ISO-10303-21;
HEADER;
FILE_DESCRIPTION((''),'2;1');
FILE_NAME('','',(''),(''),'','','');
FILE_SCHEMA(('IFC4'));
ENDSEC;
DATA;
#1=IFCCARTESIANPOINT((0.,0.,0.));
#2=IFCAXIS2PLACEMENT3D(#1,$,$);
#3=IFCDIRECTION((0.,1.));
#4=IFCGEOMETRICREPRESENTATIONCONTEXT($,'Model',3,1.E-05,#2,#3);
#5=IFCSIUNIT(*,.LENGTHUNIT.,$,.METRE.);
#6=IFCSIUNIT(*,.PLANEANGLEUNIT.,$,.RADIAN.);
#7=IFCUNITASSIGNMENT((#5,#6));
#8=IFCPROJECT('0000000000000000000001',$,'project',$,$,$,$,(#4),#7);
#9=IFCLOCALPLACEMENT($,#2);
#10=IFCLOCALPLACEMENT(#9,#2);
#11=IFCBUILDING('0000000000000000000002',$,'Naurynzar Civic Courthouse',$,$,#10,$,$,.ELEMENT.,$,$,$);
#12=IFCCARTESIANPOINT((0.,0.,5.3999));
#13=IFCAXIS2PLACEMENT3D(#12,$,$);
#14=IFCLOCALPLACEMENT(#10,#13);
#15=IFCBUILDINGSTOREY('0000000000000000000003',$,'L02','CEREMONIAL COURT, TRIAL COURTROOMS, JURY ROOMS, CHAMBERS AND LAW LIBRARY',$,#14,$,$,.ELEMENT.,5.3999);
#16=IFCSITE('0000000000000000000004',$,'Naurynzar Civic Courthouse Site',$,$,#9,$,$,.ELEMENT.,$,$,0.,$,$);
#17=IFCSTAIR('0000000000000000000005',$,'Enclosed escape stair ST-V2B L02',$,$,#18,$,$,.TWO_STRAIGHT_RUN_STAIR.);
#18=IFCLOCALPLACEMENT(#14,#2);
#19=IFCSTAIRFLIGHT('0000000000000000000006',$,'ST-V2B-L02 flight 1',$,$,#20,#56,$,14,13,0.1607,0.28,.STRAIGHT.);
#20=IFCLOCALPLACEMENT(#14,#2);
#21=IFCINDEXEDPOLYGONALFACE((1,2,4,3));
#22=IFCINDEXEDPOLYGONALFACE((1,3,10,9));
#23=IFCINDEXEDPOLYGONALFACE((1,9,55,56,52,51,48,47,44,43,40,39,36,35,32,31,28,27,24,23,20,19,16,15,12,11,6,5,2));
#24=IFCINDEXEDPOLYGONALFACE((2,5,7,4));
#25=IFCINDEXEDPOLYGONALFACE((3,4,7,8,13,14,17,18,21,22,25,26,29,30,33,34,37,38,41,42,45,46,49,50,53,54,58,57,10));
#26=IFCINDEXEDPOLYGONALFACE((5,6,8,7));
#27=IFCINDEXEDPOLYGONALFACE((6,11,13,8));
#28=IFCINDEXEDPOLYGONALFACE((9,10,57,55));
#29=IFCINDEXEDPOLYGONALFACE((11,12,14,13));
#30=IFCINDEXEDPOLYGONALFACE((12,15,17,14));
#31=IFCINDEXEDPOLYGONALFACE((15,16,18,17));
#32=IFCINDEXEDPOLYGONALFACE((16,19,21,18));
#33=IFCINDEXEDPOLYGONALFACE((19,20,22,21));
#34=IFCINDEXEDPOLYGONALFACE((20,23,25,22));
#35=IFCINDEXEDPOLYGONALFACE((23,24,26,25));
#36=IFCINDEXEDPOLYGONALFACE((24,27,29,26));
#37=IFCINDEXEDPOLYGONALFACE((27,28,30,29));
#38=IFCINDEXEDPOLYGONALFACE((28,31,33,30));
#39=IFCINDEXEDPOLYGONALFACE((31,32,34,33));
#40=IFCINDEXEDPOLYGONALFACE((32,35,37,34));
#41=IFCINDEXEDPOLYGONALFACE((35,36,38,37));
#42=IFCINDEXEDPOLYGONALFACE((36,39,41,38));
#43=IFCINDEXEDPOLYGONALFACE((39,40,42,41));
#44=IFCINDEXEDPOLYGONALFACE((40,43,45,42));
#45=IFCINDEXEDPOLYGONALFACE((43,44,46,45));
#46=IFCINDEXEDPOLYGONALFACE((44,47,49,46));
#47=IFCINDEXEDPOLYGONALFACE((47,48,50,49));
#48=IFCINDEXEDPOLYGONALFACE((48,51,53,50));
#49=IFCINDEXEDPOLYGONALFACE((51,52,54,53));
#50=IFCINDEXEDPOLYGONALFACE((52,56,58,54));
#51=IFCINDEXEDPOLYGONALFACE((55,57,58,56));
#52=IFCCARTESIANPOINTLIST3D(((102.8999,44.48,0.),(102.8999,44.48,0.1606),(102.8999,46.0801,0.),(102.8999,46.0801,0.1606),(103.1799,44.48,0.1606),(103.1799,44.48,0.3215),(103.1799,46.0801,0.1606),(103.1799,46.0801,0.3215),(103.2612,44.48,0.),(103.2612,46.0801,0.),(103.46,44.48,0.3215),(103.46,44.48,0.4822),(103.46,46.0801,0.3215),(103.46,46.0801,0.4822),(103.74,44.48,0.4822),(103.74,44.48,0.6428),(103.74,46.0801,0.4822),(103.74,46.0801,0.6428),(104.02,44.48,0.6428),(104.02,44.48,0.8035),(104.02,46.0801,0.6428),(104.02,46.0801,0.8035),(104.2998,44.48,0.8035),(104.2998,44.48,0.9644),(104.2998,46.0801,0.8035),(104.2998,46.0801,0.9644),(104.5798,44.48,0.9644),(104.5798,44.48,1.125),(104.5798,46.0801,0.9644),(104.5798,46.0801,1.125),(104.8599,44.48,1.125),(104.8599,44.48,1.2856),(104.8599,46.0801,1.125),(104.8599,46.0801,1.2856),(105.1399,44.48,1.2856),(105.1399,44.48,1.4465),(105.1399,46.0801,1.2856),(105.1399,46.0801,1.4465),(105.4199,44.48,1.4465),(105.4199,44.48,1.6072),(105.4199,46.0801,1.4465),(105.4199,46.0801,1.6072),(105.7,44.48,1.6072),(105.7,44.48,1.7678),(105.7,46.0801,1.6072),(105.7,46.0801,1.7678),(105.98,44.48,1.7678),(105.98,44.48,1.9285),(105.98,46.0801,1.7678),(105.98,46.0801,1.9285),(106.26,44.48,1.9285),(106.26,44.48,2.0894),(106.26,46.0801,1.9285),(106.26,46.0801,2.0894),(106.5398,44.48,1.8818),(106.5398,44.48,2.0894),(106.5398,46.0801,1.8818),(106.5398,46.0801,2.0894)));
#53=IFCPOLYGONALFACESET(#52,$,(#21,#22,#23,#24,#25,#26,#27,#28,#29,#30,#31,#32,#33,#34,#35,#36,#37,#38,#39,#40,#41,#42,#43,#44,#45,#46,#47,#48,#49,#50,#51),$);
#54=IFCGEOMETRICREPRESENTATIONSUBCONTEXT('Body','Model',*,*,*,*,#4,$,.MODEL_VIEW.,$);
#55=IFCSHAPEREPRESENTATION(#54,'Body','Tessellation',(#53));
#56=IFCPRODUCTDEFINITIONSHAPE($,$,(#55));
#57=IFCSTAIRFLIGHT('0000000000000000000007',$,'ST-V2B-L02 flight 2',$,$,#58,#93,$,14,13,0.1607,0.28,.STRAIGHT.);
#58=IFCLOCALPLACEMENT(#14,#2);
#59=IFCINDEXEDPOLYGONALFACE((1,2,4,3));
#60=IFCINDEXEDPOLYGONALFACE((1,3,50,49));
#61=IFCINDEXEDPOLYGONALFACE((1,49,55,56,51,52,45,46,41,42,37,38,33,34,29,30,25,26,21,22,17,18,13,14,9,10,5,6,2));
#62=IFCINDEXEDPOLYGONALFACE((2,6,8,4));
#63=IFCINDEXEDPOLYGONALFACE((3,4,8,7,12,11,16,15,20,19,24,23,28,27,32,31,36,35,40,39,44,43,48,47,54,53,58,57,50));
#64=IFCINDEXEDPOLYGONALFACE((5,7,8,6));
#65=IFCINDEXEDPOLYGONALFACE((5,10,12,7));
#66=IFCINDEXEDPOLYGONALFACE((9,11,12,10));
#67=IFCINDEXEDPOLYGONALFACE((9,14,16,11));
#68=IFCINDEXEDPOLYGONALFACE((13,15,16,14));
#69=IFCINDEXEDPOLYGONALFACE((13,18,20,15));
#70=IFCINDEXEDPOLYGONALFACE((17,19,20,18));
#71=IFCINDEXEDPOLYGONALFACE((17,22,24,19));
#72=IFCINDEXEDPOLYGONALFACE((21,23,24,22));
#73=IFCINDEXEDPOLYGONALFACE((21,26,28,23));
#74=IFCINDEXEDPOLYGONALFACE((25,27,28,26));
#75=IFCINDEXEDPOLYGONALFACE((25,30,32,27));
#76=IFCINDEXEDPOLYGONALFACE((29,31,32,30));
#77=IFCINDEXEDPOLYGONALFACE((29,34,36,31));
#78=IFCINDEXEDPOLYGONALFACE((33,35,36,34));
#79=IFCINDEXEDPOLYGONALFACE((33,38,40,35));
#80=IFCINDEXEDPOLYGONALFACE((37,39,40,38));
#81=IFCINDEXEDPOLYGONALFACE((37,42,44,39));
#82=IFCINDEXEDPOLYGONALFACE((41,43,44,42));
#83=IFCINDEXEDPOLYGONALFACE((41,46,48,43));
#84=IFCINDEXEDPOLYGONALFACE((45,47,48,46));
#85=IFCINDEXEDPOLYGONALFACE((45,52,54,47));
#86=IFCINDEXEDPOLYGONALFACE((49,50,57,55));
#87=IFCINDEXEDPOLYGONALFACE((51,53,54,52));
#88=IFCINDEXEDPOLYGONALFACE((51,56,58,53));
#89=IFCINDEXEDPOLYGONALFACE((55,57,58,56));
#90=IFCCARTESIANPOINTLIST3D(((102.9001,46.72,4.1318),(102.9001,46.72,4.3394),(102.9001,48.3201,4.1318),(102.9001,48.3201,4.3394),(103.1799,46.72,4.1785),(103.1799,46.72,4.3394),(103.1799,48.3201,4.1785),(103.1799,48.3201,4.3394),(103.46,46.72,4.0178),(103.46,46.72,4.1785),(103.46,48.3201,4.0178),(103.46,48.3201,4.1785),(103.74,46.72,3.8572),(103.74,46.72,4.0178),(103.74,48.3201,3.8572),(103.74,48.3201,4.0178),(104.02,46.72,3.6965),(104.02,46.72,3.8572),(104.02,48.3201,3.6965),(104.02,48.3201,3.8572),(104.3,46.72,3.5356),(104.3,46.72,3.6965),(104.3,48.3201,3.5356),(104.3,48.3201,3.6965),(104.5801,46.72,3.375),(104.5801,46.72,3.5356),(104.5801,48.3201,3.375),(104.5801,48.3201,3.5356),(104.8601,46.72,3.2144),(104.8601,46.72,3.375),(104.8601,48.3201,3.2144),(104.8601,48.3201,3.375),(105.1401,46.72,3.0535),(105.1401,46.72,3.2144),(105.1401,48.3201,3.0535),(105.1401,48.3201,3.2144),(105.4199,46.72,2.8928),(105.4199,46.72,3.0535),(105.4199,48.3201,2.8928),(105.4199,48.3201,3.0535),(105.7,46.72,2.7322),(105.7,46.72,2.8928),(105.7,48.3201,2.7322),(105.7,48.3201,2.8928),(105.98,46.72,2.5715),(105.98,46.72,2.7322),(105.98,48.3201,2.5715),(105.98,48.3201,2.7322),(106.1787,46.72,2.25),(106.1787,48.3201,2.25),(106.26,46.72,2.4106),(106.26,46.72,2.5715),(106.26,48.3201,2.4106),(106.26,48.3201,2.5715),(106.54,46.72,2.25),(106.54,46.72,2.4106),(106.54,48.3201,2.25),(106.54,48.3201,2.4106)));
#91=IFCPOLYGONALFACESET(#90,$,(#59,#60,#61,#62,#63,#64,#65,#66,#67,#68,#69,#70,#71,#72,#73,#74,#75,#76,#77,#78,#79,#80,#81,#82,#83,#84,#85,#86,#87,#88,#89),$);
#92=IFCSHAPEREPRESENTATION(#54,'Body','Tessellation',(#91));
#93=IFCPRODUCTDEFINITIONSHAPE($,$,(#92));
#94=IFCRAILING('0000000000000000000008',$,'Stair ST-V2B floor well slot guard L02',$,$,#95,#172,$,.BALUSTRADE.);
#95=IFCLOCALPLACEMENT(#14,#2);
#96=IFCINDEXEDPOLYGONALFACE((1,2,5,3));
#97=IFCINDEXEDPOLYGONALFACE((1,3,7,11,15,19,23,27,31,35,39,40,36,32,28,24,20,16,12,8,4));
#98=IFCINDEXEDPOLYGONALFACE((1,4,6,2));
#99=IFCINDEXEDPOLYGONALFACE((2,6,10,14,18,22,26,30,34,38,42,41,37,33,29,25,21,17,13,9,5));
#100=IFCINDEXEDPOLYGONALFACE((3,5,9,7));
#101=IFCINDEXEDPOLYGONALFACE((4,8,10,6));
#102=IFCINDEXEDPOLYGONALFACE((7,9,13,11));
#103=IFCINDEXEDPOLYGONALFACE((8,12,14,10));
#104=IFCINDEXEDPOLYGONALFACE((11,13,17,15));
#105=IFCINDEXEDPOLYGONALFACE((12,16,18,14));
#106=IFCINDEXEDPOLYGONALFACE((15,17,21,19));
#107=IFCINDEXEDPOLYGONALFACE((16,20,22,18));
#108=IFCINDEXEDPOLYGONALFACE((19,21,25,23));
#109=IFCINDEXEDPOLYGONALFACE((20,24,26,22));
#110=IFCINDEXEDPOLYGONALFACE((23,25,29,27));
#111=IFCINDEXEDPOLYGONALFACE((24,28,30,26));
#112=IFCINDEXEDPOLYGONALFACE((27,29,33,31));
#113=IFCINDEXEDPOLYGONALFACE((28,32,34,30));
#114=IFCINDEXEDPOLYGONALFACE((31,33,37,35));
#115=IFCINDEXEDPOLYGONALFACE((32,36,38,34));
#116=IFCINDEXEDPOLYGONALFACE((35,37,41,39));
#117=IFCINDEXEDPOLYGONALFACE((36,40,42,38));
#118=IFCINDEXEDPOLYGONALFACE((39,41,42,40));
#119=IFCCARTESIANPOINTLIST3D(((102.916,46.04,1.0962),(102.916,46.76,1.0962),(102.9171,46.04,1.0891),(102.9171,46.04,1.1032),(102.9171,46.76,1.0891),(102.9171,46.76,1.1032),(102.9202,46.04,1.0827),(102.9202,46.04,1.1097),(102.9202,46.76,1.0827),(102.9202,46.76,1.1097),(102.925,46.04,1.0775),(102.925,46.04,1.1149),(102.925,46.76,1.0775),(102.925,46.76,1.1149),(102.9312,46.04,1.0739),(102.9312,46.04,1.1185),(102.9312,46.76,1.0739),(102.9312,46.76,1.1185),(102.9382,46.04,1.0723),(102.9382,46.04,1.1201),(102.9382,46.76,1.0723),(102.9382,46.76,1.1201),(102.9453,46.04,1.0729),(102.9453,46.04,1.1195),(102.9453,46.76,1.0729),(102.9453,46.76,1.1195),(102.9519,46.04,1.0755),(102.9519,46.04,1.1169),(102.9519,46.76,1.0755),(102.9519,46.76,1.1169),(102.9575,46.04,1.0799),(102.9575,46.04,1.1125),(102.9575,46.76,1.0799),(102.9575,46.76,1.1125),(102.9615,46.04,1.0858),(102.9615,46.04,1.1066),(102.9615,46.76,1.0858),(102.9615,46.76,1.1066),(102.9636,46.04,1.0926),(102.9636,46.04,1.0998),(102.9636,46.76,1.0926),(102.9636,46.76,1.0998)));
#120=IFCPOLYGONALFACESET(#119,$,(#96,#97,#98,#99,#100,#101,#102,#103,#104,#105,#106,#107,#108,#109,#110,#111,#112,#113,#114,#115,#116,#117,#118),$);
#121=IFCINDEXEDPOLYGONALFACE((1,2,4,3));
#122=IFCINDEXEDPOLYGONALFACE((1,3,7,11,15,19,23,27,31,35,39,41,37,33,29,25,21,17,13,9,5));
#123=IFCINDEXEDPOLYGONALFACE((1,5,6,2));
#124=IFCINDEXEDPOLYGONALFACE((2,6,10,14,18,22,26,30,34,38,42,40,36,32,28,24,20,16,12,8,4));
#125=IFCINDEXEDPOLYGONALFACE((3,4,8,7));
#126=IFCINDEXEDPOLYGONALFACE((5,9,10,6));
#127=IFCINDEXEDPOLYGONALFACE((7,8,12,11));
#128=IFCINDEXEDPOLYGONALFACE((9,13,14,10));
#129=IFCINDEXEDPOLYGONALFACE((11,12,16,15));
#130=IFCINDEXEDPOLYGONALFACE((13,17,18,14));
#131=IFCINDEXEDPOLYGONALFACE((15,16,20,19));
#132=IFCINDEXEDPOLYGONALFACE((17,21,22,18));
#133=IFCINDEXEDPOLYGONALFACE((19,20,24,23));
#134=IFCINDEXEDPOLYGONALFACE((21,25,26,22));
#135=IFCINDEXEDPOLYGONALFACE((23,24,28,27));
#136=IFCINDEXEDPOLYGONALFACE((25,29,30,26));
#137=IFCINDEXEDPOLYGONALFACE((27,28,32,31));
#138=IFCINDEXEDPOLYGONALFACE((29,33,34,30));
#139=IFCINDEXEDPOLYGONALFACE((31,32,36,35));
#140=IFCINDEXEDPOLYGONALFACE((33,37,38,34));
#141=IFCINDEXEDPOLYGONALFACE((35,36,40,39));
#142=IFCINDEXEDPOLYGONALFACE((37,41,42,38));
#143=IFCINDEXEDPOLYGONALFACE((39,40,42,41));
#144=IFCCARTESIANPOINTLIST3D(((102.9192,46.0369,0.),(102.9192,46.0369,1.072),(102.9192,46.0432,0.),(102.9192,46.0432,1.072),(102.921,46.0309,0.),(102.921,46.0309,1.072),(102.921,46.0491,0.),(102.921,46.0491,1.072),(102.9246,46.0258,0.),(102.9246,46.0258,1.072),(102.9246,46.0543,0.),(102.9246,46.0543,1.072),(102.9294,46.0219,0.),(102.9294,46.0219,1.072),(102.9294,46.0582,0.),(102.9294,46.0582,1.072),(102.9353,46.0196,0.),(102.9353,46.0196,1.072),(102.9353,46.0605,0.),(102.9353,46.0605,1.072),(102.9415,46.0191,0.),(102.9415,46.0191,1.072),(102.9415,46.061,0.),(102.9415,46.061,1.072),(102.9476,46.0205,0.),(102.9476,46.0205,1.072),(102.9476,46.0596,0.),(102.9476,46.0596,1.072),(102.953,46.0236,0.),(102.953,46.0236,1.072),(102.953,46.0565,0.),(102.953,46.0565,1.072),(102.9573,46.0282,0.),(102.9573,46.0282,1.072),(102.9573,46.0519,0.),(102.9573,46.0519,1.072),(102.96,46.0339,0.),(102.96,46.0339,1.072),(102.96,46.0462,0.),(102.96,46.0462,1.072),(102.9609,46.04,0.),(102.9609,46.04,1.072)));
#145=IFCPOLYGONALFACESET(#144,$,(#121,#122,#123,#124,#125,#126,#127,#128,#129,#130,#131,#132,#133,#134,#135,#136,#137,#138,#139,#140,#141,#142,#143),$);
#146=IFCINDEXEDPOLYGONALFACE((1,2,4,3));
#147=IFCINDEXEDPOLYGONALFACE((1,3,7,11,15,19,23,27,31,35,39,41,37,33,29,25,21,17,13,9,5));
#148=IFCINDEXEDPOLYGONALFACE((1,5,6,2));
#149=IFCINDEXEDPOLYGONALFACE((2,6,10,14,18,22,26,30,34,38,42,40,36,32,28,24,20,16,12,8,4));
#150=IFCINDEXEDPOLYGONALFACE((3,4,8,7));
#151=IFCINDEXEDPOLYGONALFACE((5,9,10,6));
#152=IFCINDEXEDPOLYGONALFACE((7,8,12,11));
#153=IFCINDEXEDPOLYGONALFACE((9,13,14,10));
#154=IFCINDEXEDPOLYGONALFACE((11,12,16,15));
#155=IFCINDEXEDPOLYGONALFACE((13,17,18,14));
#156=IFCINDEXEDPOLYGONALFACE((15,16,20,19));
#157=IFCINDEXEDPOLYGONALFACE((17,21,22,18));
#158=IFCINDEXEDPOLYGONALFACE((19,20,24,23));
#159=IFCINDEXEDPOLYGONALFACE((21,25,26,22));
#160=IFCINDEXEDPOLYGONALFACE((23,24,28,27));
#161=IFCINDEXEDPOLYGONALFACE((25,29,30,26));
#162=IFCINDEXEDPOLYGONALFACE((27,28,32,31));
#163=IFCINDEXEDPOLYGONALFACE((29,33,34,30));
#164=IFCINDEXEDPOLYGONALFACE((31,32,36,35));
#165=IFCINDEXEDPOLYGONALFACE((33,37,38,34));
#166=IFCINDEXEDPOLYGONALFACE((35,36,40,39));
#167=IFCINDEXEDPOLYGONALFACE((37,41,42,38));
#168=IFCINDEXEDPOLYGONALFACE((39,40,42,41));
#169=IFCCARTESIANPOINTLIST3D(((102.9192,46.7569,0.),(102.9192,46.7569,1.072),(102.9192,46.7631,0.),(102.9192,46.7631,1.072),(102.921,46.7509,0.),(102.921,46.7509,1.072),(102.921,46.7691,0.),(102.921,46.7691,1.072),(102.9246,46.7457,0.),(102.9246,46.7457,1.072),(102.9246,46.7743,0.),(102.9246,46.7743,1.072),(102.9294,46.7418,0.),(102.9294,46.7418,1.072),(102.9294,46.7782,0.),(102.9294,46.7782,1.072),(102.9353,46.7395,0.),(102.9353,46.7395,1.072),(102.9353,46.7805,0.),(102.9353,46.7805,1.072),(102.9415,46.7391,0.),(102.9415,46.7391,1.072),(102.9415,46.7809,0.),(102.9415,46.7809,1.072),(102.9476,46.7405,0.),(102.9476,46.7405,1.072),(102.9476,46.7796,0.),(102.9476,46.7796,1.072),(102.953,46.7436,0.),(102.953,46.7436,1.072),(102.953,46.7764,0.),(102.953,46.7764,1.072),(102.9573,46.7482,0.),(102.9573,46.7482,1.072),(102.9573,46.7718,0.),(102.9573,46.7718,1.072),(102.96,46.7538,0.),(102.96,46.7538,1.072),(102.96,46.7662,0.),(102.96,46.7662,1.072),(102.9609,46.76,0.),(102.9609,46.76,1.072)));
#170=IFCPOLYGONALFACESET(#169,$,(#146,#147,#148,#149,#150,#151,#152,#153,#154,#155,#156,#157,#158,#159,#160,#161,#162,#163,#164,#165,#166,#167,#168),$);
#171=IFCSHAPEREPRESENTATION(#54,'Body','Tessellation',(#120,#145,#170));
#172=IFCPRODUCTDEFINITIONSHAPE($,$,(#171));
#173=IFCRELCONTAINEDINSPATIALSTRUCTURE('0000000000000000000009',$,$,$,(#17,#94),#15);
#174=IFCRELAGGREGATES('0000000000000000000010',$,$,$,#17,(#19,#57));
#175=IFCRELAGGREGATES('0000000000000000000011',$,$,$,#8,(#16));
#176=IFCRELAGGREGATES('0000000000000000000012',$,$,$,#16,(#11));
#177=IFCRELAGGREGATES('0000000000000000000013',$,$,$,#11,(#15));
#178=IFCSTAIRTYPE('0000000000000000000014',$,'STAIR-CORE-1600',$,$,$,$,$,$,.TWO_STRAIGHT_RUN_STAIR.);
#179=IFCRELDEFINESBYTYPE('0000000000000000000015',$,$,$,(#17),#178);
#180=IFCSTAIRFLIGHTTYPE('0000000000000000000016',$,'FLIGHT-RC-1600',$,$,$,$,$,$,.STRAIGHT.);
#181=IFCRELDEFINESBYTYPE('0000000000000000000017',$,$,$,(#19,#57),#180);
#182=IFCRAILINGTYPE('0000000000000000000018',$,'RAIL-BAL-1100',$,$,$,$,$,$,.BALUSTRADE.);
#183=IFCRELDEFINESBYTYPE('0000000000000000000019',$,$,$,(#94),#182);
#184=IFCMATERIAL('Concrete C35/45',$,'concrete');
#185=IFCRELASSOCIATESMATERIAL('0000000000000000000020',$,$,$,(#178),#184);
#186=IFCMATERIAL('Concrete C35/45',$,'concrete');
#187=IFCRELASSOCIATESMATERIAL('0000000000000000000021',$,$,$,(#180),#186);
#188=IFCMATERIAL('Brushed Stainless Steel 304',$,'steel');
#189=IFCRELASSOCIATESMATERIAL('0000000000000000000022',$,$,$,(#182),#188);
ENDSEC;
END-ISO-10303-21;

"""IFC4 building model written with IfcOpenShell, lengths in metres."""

from ifc_helpers import new_model, si_unit, direction, frame, origin, origin_2d, place, context, subcontext, project, spatial, polyline, circle, outline, extrude, material, type_object, element, aggregate, save


model = new_model("IFC4")

# Units and contexts
model_context = context("Model", 3, precision=1e-05, world=origin(), true_north=direction((0.0, 1.0)))
body_context = subcontext(model_context, "Body", "Model", "MODEL_VIEW")
ifc_project = project(units=[si_unit("LENGTHUNIT", "METRE"), si_unit("PLANEANGLEUNIT", "RADIAN")], contexts=[model_context])

# Site, building, storey
site_placement = place(None, origin())
site = spatial("IfcSite", under=ifc_project, at=site_placement, Name="Naurynzar Civic Courthouse Site", CompositionType="ELEMENT", RefElevation=0.0)
building_placement = place(site_placement, origin())
building = spatial("IfcBuilding", under=site, at=building_placement, Name="Naurynzar Civic Courthouse", CompositionType="ELEMENT")
storey_placement = place(building_placement, frame((0.0, 0.0, 5.3999)))
storey = spatial("IfcBuildingStorey", under=building, at=storey_placement, Name="L02", Description="CEREMONIAL COURT, TRIAL COURTROOMS, JURY ROOMS, CHAMBERS AND LAW LIBRARY", CompositionType="ELEMENT", Elevation=5.3999)

# Stair, stair flights
ifc_material_1 = material(Name="Concrete C35/45", Category="concrete")
stair_type = type_object("IfcStairType", Name="STAIR-CORE-1600", PredefinedType="TWO_STRAIGHT_RUN_STAIR", material=ifc_material_1)
stair_placement = place(storey_placement, origin())
stair = element("IfcStair", 1, at=stair_placement, inside=storey, type_object=stair_type, Name="Enclosed escape stair ST-V2B L02", PredefinedType="TWO_STRAIGHT_RUN_STAIR")
ifc_material_2 = material(Name="Concrete C35/45", Category="concrete")
stair_flight_type = type_object("IfcStairFlightType", Name="FLIGHT-RC-1600", PredefinedType="STRAIGHT", material=ifc_material_2)
stair_flight_1_placement = place(storey_placement, frame((102.8999, 45.28, 0.0), z_axis=(0.0, 0.0, 1.0), x_axis=(1.0, 0.0, 0.0)))
stair_flight_1 = element("IfcStairFlight", 2, at=stair_flight_1_placement, type_object=stair_flight_type, Name="ST-V2B-L02 flight 1", NumberOfRisers=14, NumberOfTreads=13, PredefinedType="STRAIGHT", RiserHeight=0.1607, TreadLength=0.28, context=body_context, shape_type="SweptSolid", body=[
    extrude(outline(polyline([(0.0, 0.0), (0.0, 0.1606), (0.28, 0.1606), (0.28, 0.3215), (0.5601, 0.3215), (0.5601, 0.4822), (0.8401, 0.4822), (0.8401, 0.6428), (1.1201, 0.6428), (1.1201, 0.8035), (1.3999, 0.8035), (1.3999, 0.9644), (1.6799, 0.9644), (1.6799, 1.125), (1.96, 1.125), (1.96, 1.2856), (2.24, 1.2856), (2.24, 1.4465), (2.52, 1.4465), (2.52, 1.6072), (2.8, 1.6072), (2.8, 1.7678), (3.0801, 1.7678), (3.0801, 1.9285), (3.3601, 1.9285), (3.3601, 2.0894), (3.6399, 2.0894), (3.6399, 2.25), (3.6399, 1.8818), (0.3613, 0.0), (0.0, 0.0)])), frame((0.0, 0.8, 0.0), z_axis=(0.0, -1.0, 0.0), x_axis=(1.0, 0.0, 0.0)), (0.0, 0.0, 1.0), 1.6001),
])
stair_flight_2_placement = place(storey_placement, frame((106.54, 47.52, 2.25), z_axis=(0.0, 0.0, 1.0), x_axis=(-1.0, 0.0, 0.0)))
stair_flight_2 = element("IfcStairFlight", 3, at=stair_flight_2_placement, type_object=stair_flight_type, Name="ST-V2B-L02 flight 2", NumberOfRisers=14, NumberOfTreads=13, PredefinedType="STRAIGHT", RiserHeight=0.1607, TreadLength=0.28, context=body_context, shape_type="SweptSolid", body=[
    extrude(outline(polyline([(0.0, 0.0), (0.0, 0.1606), (0.28, 0.1606), (0.28, 0.3215), (0.5601, 0.3215), (0.5601, 0.4822), (0.8401, 0.4822), (0.8401, 0.6428), (1.1201, 0.6428), (1.1201, 0.8035), (1.3999, 0.8035), (1.3999, 0.9644), (1.6799, 0.9644), (1.6799, 1.125), (1.96, 1.125), (1.96, 1.2856), (2.24, 1.2856), (2.24, 1.4465), (2.52, 1.4465), (2.52, 1.6072), (2.8, 1.6072), (2.8, 1.7678), (3.0801, 1.7678), (3.0801, 1.9285), (3.3601, 1.9285), (3.3601, 2.0894), (3.6399, 2.0894), (3.6399, 2.25), (3.6399, 1.8818), (0.3613, 0.0), (0.0, 0.0)])), frame((0.0, 0.8, 0.0), z_axis=(0.0, -1.0, 0.0), x_axis=(1.0, 0.0, 0.0)), (0.0, 0.0, 1.0), 1.6001),
])
aggregate(stair, [stair_flight_1, stair_flight_2])

# Railing
ifc_material_3 = material(Name="Brushed Stainless Steel 304", Category="steel")
railing_type_1 = type_object("IfcRailingType", Name="RAIL-BAL-1100", PredefinedType="BALUSTRADE", material=ifc_material_3)
for number, where, name in (
    (4, (102.9399, 46.04, 0.0), "Stair ST-V2B floor well slot guard L02"),
):
    element("IfcRailing", number, at=place(storey_placement, frame(where)), inside=storey, type_object=railing_type_1, Name=name, PredefinedType="BALUSTRADE", context=body_context, shape_type="SweptSolid", body=[
        extrude(circle(Radius=0.0239, at=origin_2d()), frame((0.0, 0.0, 1.0962), z_axis=(0.0, 1.0, 0.0), x_axis=(-1.0, 0.0, 0.0)), (0.0, 0.0, 1.0), 0.72),
        extrude(circle(Radius=0.021, at=origin_2d()), origin(), (0.0, 0.0, 1.0), 1.072),
        extrude(circle(Radius=0.021, at=origin_2d()), frame((0.0, 0.72, 0.0)), (0.0, 0.0, 1.0), 1.072),
    ])

save(model, "model.ifc")
